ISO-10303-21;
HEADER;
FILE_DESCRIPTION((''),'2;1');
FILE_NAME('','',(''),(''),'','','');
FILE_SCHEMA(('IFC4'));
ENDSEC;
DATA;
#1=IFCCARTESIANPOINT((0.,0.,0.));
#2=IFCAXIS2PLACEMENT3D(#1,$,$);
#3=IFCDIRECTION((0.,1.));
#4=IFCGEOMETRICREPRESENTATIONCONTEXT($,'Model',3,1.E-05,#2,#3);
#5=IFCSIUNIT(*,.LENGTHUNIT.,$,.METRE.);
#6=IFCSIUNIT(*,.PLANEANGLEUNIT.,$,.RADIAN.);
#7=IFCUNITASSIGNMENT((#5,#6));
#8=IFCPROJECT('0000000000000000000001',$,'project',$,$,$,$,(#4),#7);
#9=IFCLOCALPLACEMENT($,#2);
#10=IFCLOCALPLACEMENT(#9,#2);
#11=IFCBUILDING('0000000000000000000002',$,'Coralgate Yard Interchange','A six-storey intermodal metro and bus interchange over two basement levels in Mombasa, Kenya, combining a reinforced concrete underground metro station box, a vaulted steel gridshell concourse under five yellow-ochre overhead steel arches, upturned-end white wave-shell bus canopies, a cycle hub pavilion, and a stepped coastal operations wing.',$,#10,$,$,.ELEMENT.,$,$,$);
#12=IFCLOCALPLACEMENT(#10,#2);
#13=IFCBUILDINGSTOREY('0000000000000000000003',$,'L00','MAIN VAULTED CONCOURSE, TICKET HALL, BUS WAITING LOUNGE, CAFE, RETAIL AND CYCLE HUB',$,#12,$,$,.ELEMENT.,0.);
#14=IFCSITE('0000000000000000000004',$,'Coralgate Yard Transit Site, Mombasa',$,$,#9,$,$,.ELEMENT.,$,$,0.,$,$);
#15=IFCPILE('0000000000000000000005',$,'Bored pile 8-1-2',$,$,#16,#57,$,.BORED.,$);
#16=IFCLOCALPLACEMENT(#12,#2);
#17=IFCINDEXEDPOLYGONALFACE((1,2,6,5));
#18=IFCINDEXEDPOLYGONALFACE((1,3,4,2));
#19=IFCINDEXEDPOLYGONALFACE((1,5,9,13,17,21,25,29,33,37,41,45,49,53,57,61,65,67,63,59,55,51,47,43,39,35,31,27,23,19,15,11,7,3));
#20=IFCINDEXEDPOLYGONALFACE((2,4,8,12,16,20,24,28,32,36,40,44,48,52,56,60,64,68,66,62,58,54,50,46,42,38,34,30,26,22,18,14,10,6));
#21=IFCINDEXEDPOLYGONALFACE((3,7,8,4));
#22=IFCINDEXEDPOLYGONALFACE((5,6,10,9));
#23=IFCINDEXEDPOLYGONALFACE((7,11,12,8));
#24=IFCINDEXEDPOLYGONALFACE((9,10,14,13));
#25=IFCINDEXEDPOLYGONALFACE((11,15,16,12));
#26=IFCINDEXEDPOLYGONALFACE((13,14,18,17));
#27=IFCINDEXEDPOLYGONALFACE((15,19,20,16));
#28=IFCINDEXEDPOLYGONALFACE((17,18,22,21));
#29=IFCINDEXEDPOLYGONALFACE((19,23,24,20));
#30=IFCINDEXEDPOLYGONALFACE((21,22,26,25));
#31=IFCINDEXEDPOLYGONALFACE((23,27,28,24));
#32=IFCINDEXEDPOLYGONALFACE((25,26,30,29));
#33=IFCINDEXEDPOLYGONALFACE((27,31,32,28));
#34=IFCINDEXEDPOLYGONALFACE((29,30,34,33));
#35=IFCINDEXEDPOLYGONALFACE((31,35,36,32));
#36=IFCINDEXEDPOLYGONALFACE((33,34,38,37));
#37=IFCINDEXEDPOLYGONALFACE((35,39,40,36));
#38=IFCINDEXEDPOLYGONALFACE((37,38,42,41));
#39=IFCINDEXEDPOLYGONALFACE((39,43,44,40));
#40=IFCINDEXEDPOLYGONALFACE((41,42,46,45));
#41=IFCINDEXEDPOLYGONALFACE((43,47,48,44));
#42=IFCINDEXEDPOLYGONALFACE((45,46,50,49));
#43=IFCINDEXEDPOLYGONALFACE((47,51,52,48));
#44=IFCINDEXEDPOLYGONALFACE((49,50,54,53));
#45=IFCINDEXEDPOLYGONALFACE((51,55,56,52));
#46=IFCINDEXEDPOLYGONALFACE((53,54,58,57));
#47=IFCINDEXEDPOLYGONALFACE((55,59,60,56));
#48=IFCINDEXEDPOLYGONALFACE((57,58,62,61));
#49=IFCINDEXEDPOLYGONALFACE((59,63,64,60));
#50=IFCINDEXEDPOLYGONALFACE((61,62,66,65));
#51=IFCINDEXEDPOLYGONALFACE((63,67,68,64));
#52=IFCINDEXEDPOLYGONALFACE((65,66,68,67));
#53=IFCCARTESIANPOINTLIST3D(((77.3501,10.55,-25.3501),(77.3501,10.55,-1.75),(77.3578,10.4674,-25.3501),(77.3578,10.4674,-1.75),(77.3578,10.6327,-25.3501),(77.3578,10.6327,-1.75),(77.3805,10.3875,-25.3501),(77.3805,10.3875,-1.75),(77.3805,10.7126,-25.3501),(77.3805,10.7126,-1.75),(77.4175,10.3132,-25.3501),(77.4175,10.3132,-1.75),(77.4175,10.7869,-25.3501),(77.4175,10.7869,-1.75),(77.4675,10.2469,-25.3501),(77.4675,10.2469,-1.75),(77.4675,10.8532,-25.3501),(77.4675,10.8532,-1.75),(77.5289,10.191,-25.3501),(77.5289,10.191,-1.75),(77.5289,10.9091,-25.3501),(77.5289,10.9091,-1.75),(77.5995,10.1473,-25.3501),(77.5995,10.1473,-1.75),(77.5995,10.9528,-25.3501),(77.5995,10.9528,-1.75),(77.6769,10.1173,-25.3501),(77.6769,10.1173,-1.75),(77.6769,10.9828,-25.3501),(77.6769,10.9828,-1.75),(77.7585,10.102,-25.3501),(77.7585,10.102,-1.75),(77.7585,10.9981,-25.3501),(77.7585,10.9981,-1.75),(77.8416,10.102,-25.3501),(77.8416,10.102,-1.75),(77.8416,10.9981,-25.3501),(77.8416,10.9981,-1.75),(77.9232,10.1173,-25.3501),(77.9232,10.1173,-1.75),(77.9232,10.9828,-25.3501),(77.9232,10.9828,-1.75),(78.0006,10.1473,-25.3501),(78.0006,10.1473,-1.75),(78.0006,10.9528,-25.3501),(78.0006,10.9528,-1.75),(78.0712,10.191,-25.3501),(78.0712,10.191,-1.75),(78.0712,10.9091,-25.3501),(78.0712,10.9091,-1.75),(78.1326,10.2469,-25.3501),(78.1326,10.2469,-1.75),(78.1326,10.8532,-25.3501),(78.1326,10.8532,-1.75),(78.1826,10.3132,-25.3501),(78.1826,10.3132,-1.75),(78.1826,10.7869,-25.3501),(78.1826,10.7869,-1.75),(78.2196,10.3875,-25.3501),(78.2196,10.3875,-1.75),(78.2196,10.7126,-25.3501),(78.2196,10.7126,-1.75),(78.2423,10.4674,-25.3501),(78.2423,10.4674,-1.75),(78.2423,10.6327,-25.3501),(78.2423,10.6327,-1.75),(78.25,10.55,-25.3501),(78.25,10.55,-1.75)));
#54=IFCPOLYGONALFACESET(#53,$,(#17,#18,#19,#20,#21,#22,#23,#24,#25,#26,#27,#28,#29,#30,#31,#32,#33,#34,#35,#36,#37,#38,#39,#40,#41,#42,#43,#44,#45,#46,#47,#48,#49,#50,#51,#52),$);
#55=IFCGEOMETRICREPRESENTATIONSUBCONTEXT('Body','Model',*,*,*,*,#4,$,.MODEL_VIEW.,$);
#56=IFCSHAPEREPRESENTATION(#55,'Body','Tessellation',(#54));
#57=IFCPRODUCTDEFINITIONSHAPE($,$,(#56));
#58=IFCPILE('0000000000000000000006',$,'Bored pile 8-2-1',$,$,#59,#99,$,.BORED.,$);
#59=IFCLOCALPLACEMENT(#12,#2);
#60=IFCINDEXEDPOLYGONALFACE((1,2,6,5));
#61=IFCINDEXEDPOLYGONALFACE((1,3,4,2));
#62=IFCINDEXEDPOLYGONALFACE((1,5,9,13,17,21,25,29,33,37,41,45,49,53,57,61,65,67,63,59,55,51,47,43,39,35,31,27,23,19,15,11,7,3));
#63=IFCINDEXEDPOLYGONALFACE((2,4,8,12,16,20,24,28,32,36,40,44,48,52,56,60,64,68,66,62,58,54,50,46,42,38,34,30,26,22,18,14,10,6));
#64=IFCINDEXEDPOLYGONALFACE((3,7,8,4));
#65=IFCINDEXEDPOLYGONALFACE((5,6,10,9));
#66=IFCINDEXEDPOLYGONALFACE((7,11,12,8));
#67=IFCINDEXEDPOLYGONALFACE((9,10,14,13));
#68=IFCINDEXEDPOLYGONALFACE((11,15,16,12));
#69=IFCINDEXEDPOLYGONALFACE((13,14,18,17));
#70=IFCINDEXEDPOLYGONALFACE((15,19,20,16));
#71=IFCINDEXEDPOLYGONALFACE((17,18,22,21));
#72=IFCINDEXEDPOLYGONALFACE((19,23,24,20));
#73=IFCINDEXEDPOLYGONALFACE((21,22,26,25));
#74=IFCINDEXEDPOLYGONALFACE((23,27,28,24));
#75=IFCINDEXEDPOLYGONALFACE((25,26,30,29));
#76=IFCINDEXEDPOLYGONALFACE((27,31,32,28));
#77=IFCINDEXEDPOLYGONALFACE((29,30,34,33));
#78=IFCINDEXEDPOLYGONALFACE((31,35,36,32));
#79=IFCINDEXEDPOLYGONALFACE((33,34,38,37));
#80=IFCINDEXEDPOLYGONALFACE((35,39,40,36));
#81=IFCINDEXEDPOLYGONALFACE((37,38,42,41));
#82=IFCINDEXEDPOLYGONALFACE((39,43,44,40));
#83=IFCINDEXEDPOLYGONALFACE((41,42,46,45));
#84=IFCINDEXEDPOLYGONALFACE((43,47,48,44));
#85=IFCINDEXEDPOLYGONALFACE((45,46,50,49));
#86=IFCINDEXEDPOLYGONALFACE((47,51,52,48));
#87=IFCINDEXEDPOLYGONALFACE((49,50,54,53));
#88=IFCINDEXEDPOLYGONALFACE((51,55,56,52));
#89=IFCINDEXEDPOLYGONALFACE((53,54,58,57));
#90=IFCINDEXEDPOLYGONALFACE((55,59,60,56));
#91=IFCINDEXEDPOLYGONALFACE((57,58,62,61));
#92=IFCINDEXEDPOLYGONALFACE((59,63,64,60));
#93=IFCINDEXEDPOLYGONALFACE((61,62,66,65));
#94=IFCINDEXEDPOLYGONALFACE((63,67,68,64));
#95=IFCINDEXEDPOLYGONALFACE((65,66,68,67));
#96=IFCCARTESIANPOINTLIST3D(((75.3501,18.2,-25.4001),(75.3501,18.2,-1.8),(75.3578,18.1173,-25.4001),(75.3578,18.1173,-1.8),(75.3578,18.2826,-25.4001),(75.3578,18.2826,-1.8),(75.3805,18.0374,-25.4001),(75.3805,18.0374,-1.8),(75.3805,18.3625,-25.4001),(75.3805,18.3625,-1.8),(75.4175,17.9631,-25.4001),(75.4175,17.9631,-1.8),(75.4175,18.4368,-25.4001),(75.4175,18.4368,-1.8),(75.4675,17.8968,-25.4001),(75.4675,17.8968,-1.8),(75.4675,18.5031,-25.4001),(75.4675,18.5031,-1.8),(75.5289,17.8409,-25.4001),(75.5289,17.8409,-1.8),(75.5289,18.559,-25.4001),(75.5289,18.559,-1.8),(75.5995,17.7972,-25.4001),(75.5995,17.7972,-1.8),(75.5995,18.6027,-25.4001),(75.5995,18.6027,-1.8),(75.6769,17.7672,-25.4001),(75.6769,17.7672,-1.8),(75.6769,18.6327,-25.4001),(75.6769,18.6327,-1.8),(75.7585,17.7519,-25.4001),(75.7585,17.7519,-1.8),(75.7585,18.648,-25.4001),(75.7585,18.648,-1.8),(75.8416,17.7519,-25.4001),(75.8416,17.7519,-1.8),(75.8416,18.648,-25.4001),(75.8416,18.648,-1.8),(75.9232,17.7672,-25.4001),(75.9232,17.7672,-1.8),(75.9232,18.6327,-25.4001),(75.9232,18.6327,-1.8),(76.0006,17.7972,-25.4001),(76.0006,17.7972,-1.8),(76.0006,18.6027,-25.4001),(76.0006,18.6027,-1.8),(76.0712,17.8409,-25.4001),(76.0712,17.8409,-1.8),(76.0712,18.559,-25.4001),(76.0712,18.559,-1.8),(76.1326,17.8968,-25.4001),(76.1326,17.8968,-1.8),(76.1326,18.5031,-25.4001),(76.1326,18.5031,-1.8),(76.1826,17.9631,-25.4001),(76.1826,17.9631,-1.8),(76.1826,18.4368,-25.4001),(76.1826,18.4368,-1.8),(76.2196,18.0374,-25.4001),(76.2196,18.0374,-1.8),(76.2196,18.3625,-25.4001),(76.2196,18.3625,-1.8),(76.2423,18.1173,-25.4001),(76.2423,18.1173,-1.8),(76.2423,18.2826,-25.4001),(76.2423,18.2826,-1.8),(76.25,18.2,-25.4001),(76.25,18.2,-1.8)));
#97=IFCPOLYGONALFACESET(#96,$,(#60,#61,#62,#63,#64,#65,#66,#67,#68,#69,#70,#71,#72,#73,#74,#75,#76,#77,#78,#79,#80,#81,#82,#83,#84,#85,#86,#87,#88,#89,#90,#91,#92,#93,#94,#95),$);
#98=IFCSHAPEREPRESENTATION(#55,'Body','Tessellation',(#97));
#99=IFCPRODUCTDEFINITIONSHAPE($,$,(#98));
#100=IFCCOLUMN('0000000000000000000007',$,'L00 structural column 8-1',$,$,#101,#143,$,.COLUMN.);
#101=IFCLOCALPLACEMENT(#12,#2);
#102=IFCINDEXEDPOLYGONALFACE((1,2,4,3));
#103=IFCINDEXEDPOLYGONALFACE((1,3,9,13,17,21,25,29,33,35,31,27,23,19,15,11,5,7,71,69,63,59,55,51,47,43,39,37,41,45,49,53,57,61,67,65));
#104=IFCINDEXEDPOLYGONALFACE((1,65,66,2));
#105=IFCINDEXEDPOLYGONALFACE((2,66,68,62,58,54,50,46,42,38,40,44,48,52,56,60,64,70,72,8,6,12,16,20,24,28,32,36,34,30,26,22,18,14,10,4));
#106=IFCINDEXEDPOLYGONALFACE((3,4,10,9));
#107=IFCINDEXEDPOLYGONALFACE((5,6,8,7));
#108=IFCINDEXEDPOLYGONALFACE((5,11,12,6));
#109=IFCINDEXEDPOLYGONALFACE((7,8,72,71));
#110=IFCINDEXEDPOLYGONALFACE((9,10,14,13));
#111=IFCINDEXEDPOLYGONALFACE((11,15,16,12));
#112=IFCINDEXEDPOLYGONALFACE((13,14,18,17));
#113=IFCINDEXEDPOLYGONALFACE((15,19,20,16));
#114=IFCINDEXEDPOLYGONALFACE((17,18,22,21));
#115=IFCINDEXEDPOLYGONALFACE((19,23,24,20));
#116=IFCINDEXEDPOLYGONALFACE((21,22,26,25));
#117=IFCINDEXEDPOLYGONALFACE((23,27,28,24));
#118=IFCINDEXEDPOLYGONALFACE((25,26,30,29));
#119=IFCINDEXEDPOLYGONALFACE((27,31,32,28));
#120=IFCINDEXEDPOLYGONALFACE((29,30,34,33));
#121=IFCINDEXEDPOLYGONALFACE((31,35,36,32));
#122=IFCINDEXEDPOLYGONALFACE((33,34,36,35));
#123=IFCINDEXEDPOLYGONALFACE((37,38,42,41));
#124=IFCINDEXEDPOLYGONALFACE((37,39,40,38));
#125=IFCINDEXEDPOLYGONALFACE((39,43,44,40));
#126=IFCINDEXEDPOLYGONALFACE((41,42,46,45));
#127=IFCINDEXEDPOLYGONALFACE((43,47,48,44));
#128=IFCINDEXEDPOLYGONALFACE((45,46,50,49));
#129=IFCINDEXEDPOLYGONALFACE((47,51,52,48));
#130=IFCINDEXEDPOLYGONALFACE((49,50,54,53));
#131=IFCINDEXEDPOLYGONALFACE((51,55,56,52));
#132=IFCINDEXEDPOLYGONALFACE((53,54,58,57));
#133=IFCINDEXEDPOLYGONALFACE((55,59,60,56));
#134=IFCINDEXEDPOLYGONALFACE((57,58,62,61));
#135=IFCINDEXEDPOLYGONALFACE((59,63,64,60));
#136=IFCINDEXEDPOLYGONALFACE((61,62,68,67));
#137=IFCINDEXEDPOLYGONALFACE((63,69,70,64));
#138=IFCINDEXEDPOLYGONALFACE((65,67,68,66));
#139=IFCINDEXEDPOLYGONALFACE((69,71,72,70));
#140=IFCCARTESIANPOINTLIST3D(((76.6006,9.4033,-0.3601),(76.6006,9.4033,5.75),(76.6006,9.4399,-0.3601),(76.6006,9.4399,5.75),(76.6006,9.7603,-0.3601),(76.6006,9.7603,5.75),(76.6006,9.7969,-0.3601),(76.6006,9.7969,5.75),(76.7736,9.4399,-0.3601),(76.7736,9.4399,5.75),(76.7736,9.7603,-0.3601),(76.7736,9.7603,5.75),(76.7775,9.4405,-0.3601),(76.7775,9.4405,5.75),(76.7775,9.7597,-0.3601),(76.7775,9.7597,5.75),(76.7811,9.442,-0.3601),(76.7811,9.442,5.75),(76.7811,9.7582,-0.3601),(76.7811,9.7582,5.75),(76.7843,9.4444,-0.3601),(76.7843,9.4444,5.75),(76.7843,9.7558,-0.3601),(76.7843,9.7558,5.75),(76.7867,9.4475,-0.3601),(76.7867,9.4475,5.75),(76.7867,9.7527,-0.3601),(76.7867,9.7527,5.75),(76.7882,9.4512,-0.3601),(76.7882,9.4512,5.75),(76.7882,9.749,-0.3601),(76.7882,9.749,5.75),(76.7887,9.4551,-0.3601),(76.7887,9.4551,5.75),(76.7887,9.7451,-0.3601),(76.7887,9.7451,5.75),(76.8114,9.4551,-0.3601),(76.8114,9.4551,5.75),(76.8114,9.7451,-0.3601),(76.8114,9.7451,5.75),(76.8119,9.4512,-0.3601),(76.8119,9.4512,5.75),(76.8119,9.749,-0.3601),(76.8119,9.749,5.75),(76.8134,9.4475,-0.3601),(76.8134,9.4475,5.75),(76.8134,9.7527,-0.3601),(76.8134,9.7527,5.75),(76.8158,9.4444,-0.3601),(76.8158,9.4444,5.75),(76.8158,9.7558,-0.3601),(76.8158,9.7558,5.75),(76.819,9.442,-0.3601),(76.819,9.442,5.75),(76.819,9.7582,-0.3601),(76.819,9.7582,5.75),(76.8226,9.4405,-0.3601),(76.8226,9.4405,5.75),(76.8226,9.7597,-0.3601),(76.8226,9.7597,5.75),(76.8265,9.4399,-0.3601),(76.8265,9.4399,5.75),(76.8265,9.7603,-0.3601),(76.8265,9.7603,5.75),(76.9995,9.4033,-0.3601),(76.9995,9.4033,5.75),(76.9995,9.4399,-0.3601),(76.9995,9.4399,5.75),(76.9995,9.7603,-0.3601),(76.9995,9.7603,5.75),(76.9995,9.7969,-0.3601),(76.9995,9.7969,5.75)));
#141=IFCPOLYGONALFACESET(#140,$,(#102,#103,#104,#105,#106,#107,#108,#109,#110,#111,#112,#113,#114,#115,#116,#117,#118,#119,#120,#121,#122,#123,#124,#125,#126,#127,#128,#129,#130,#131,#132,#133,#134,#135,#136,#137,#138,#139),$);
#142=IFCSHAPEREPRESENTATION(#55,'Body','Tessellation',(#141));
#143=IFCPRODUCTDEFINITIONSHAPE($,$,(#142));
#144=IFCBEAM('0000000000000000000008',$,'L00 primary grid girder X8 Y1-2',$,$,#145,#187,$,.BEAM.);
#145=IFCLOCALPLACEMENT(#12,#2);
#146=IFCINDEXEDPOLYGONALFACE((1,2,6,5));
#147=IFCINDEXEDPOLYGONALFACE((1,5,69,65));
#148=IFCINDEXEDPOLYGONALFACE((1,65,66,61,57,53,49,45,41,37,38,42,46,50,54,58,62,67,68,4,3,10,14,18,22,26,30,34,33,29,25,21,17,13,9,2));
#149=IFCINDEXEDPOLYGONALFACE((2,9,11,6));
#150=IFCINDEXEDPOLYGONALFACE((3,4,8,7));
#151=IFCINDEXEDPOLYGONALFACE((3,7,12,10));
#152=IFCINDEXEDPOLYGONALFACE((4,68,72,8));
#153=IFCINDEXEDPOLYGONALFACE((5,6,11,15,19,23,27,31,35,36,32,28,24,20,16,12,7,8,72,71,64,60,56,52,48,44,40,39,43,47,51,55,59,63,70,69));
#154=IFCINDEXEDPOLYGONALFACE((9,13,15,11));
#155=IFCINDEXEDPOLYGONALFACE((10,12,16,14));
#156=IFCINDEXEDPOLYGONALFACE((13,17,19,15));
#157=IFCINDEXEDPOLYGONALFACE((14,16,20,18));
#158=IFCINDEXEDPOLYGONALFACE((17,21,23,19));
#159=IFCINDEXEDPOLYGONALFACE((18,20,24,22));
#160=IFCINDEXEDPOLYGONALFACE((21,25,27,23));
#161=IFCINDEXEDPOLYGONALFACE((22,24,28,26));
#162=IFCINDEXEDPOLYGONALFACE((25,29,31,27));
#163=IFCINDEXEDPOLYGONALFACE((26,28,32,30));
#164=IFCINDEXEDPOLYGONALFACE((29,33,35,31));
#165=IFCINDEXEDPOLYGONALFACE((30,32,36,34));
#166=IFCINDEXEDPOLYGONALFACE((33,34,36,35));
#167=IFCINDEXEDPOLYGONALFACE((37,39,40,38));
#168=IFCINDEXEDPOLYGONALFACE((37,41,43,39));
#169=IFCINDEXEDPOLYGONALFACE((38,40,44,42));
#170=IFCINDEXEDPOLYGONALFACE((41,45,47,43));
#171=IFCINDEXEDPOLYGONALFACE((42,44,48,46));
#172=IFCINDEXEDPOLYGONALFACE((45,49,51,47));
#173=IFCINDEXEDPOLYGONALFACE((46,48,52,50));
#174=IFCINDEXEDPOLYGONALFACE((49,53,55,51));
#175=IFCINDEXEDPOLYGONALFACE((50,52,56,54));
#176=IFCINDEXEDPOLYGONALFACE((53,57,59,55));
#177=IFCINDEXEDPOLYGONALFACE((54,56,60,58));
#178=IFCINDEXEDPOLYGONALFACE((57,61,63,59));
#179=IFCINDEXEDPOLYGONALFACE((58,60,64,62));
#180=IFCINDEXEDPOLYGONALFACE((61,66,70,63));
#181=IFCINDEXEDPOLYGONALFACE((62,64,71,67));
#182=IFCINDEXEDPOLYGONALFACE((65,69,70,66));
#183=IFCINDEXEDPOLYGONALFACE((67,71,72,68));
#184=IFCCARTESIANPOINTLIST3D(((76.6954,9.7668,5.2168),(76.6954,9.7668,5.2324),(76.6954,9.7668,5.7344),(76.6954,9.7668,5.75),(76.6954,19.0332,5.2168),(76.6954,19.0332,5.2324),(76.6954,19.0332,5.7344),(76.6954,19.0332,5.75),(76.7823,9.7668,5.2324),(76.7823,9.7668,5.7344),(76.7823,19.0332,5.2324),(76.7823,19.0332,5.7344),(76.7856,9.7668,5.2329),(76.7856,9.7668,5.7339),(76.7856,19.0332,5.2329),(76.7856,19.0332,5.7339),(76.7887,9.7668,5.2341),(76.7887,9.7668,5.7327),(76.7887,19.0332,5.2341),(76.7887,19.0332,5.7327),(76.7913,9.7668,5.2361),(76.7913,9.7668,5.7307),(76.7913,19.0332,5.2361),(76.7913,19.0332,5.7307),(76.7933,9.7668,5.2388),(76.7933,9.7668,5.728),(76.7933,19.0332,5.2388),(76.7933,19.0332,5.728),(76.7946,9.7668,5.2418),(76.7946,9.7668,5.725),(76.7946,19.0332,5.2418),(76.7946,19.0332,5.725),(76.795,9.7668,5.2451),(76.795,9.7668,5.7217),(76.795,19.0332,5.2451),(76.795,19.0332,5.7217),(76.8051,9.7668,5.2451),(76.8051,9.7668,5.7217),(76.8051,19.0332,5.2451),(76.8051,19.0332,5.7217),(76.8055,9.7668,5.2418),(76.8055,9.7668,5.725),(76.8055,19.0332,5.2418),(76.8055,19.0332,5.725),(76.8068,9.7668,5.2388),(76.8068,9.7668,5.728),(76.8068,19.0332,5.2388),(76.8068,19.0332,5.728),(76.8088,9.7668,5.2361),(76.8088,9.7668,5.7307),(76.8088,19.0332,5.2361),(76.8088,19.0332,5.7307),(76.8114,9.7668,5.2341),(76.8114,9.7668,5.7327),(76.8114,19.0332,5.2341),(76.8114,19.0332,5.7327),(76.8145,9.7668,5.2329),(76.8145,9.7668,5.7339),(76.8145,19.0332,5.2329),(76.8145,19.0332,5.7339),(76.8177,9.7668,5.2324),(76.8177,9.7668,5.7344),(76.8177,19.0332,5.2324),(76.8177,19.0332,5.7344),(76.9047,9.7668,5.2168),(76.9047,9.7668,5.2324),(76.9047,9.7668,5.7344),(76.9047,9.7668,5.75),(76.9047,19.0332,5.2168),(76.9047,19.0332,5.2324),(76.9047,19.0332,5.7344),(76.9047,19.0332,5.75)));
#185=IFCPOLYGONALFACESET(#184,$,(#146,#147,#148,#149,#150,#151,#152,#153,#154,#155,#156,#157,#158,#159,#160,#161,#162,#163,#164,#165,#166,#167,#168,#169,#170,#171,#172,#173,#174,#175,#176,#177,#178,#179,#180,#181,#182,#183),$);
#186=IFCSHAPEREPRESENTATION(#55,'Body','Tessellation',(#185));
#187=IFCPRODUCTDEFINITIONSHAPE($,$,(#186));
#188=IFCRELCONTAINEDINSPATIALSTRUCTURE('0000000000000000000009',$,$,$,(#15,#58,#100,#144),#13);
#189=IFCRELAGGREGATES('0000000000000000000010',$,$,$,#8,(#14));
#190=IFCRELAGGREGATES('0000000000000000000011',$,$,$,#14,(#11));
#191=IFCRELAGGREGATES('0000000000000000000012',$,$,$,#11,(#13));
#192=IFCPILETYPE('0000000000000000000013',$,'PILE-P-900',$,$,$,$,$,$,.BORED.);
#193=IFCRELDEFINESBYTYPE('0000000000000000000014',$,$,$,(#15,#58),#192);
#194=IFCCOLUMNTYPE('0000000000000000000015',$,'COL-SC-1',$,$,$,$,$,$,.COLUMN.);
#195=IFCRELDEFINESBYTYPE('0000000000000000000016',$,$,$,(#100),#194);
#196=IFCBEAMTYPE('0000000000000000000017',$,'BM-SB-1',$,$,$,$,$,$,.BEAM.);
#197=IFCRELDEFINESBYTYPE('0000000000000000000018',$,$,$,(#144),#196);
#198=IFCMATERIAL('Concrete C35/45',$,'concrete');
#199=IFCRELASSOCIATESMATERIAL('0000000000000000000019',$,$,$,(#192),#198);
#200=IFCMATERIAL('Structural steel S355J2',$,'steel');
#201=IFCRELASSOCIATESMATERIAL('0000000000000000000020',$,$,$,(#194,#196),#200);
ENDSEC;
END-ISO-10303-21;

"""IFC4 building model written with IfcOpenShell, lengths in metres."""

from ifc_helpers import new_model, si_unit, direction, frame, origin, origin_2d, place, context, subcontext, project, spatial, circle, i_section, extrude, material, material_profile, profile_set, type_object, element, save


model = new_model("IFC4")

# Units and contexts
model_context = context("Model", 3, precision=1e-05, world=origin(), true_north=direction((0.0, 1.0)))
body_context = subcontext(model_context, "Body", "Model", "MODEL_VIEW")
ifc_project = project(units=[si_unit("LENGTHUNIT", "METRE"), si_unit("PLANEANGLEUNIT", "RADIAN")], contexts=[model_context])

# Site, building, storey
site_placement = place(None, origin())
site = spatial("IfcSite", under=ifc_project, at=site_placement, Name="Coralgate Yard Transit Site, Mombasa", CompositionType="ELEMENT", RefElevation=0.0)
building_placement = place(site_placement, origin())
building = spatial("IfcBuilding", under=site, at=building_placement, Name="Coralgate Yard Interchange", Description="A six-storey intermodal metro and bus interchange over two basement levels in Mombasa, Kenya, combining a reinforced concrete underground metro station box, a vaulted steel gridshell concourse under five yellow-ochre overhead steel arches, upturned-end white wave-shell bus canopies, a cycle hub pavilion, and a stepped coastal operations wing.", CompositionType="ELEMENT")
storey_placement = place(building_placement, origin())
storey = spatial("IfcBuildingStorey", under=building, at=storey_placement, Name="L00", Description="MAIN VAULTED CONCOURSE, TICKET HALL, BUS WAITING LOUNGE, CAFE, RETAIL AND CYCLE HUB", CompositionType="ELEMENT", Elevation=0.0)

# Piles
ifc_material_1 = material(Name="Concrete C35/45", Category="concrete")
ifc_material_profile_1 = material_profile(ifc_material_1, circle(Radius=0.45, at=origin_2d()), Name="BORED PILE D900")
ifc_profile_set_1 = profile_set([ifc_material_profile_1], Name="Concrete C35/45")
pile_type = type_object("IfcPileType", Name="PILE-P-900", PredefinedType="BORED", material=ifc_profile_set_1)
for number, where, z_axis, x_axis, name in (
    (1, (77.8, 10.55, -1.75), (0.0, 0.0, -1.0), (1.0, 0.0, 0.0), "Bored pile 8-1-2"),
    (2, (75.8, 18.2, -1.8), (0.0, 0.0, -1.0), (1.0, 0.0, 0.0), "Bored pile 8-2-1"),
):
    element("IfcPile", number, at=place(storey_placement, frame(where, z_axis=z_axis, x_axis=x_axis)), inside=storey, type_object=pile_type, Name=name, PredefinedType="BORED", context=body_context, shape_type="SweptSolid", body=[
        extrude(circle(Radius=0.45, at=origin_2d()), origin(), (0.0, 0.0, 1.0), 23.6001),
    ])

# Column
ifc_material_2 = material(Name="Structural steel S355J2", Category="steel")
ifc_material_profile_2 = material_profile(ifc_material_2, i_section(OverallWidth=0.3989, OverallDepth=0.3936, WebThickness=0.0227, FlangeThickness=0.0366, FilletRadius=0.0151, at=origin_2d()), Name="UC 356x406x287")
ifc_profile_set_2 = profile_set([ifc_material_profile_2], Name="Structural steel S355J2")
column_type = type_object("IfcColumnType", Name="COL-SC-1", PredefinedType="COLUMN", material=ifc_profile_set_2)
column_placement = place(storey_placement, frame((76.8, 9.6001, -0.3601), z_axis=(0.0, 0.0, 1.0), x_axis=(1.0, 0.0, 0.0)))
element("IfcColumn", 3, at=column_placement, inside=storey, type_object=column_type, Name="L00 structural column 8-1", PredefinedType="COLUMN", context=body_context, shape_type="SweptSolid", body=[
    extrude(i_section(OverallWidth=0.3989, OverallDepth=0.3936, WebThickness=0.0227, FlangeThickness=0.0366, FilletRadius=0.0151, at=origin_2d()), origin(), (0.0, 0.0, 1.0), 6.1101),
])

# Beam
ifc_material_profile_3 = material_profile(ifc_material_2, i_section(OverallWidth=0.2092, OverallDepth=0.5332, WebThickness=0.01, FlangeThickness=0.0156, FilletRadius=0.0127, at=origin_2d()), Name="UB 533x210x92")
ifc_profile_set_3 = profile_set([ifc_material_profile_3], Name="Structural steel S355J2")
beam_type_1 = type_object("IfcBeamType", Name="BM-SB-1", PredefinedType="BEAM", material=ifc_profile_set_3)
beam_1_placement = place(storey_placement, frame((76.8, 9.7668, 5.4834), z_axis=(0.0, 1.0, 0.0), x_axis=(-1.0, 0.0, 0.0)))
element("IfcBeam", 4, at=beam_1_placement, inside=storey, type_object=beam_type_1, Name="L00 primary grid girder X8 Y1-2", PredefinedType="BEAM", context=body_context, shape_type="SweptSolid", body=[
    extrude(i_section(OverallWidth=0.2092, OverallDepth=0.5332, WebThickness=0.01, FlangeThickness=0.0156, FilletRadius=0.0127, at=origin_2d()), origin(), (0.0, 0.0, 1.0), 9.2664),
])

save(model, "model.ifc")
